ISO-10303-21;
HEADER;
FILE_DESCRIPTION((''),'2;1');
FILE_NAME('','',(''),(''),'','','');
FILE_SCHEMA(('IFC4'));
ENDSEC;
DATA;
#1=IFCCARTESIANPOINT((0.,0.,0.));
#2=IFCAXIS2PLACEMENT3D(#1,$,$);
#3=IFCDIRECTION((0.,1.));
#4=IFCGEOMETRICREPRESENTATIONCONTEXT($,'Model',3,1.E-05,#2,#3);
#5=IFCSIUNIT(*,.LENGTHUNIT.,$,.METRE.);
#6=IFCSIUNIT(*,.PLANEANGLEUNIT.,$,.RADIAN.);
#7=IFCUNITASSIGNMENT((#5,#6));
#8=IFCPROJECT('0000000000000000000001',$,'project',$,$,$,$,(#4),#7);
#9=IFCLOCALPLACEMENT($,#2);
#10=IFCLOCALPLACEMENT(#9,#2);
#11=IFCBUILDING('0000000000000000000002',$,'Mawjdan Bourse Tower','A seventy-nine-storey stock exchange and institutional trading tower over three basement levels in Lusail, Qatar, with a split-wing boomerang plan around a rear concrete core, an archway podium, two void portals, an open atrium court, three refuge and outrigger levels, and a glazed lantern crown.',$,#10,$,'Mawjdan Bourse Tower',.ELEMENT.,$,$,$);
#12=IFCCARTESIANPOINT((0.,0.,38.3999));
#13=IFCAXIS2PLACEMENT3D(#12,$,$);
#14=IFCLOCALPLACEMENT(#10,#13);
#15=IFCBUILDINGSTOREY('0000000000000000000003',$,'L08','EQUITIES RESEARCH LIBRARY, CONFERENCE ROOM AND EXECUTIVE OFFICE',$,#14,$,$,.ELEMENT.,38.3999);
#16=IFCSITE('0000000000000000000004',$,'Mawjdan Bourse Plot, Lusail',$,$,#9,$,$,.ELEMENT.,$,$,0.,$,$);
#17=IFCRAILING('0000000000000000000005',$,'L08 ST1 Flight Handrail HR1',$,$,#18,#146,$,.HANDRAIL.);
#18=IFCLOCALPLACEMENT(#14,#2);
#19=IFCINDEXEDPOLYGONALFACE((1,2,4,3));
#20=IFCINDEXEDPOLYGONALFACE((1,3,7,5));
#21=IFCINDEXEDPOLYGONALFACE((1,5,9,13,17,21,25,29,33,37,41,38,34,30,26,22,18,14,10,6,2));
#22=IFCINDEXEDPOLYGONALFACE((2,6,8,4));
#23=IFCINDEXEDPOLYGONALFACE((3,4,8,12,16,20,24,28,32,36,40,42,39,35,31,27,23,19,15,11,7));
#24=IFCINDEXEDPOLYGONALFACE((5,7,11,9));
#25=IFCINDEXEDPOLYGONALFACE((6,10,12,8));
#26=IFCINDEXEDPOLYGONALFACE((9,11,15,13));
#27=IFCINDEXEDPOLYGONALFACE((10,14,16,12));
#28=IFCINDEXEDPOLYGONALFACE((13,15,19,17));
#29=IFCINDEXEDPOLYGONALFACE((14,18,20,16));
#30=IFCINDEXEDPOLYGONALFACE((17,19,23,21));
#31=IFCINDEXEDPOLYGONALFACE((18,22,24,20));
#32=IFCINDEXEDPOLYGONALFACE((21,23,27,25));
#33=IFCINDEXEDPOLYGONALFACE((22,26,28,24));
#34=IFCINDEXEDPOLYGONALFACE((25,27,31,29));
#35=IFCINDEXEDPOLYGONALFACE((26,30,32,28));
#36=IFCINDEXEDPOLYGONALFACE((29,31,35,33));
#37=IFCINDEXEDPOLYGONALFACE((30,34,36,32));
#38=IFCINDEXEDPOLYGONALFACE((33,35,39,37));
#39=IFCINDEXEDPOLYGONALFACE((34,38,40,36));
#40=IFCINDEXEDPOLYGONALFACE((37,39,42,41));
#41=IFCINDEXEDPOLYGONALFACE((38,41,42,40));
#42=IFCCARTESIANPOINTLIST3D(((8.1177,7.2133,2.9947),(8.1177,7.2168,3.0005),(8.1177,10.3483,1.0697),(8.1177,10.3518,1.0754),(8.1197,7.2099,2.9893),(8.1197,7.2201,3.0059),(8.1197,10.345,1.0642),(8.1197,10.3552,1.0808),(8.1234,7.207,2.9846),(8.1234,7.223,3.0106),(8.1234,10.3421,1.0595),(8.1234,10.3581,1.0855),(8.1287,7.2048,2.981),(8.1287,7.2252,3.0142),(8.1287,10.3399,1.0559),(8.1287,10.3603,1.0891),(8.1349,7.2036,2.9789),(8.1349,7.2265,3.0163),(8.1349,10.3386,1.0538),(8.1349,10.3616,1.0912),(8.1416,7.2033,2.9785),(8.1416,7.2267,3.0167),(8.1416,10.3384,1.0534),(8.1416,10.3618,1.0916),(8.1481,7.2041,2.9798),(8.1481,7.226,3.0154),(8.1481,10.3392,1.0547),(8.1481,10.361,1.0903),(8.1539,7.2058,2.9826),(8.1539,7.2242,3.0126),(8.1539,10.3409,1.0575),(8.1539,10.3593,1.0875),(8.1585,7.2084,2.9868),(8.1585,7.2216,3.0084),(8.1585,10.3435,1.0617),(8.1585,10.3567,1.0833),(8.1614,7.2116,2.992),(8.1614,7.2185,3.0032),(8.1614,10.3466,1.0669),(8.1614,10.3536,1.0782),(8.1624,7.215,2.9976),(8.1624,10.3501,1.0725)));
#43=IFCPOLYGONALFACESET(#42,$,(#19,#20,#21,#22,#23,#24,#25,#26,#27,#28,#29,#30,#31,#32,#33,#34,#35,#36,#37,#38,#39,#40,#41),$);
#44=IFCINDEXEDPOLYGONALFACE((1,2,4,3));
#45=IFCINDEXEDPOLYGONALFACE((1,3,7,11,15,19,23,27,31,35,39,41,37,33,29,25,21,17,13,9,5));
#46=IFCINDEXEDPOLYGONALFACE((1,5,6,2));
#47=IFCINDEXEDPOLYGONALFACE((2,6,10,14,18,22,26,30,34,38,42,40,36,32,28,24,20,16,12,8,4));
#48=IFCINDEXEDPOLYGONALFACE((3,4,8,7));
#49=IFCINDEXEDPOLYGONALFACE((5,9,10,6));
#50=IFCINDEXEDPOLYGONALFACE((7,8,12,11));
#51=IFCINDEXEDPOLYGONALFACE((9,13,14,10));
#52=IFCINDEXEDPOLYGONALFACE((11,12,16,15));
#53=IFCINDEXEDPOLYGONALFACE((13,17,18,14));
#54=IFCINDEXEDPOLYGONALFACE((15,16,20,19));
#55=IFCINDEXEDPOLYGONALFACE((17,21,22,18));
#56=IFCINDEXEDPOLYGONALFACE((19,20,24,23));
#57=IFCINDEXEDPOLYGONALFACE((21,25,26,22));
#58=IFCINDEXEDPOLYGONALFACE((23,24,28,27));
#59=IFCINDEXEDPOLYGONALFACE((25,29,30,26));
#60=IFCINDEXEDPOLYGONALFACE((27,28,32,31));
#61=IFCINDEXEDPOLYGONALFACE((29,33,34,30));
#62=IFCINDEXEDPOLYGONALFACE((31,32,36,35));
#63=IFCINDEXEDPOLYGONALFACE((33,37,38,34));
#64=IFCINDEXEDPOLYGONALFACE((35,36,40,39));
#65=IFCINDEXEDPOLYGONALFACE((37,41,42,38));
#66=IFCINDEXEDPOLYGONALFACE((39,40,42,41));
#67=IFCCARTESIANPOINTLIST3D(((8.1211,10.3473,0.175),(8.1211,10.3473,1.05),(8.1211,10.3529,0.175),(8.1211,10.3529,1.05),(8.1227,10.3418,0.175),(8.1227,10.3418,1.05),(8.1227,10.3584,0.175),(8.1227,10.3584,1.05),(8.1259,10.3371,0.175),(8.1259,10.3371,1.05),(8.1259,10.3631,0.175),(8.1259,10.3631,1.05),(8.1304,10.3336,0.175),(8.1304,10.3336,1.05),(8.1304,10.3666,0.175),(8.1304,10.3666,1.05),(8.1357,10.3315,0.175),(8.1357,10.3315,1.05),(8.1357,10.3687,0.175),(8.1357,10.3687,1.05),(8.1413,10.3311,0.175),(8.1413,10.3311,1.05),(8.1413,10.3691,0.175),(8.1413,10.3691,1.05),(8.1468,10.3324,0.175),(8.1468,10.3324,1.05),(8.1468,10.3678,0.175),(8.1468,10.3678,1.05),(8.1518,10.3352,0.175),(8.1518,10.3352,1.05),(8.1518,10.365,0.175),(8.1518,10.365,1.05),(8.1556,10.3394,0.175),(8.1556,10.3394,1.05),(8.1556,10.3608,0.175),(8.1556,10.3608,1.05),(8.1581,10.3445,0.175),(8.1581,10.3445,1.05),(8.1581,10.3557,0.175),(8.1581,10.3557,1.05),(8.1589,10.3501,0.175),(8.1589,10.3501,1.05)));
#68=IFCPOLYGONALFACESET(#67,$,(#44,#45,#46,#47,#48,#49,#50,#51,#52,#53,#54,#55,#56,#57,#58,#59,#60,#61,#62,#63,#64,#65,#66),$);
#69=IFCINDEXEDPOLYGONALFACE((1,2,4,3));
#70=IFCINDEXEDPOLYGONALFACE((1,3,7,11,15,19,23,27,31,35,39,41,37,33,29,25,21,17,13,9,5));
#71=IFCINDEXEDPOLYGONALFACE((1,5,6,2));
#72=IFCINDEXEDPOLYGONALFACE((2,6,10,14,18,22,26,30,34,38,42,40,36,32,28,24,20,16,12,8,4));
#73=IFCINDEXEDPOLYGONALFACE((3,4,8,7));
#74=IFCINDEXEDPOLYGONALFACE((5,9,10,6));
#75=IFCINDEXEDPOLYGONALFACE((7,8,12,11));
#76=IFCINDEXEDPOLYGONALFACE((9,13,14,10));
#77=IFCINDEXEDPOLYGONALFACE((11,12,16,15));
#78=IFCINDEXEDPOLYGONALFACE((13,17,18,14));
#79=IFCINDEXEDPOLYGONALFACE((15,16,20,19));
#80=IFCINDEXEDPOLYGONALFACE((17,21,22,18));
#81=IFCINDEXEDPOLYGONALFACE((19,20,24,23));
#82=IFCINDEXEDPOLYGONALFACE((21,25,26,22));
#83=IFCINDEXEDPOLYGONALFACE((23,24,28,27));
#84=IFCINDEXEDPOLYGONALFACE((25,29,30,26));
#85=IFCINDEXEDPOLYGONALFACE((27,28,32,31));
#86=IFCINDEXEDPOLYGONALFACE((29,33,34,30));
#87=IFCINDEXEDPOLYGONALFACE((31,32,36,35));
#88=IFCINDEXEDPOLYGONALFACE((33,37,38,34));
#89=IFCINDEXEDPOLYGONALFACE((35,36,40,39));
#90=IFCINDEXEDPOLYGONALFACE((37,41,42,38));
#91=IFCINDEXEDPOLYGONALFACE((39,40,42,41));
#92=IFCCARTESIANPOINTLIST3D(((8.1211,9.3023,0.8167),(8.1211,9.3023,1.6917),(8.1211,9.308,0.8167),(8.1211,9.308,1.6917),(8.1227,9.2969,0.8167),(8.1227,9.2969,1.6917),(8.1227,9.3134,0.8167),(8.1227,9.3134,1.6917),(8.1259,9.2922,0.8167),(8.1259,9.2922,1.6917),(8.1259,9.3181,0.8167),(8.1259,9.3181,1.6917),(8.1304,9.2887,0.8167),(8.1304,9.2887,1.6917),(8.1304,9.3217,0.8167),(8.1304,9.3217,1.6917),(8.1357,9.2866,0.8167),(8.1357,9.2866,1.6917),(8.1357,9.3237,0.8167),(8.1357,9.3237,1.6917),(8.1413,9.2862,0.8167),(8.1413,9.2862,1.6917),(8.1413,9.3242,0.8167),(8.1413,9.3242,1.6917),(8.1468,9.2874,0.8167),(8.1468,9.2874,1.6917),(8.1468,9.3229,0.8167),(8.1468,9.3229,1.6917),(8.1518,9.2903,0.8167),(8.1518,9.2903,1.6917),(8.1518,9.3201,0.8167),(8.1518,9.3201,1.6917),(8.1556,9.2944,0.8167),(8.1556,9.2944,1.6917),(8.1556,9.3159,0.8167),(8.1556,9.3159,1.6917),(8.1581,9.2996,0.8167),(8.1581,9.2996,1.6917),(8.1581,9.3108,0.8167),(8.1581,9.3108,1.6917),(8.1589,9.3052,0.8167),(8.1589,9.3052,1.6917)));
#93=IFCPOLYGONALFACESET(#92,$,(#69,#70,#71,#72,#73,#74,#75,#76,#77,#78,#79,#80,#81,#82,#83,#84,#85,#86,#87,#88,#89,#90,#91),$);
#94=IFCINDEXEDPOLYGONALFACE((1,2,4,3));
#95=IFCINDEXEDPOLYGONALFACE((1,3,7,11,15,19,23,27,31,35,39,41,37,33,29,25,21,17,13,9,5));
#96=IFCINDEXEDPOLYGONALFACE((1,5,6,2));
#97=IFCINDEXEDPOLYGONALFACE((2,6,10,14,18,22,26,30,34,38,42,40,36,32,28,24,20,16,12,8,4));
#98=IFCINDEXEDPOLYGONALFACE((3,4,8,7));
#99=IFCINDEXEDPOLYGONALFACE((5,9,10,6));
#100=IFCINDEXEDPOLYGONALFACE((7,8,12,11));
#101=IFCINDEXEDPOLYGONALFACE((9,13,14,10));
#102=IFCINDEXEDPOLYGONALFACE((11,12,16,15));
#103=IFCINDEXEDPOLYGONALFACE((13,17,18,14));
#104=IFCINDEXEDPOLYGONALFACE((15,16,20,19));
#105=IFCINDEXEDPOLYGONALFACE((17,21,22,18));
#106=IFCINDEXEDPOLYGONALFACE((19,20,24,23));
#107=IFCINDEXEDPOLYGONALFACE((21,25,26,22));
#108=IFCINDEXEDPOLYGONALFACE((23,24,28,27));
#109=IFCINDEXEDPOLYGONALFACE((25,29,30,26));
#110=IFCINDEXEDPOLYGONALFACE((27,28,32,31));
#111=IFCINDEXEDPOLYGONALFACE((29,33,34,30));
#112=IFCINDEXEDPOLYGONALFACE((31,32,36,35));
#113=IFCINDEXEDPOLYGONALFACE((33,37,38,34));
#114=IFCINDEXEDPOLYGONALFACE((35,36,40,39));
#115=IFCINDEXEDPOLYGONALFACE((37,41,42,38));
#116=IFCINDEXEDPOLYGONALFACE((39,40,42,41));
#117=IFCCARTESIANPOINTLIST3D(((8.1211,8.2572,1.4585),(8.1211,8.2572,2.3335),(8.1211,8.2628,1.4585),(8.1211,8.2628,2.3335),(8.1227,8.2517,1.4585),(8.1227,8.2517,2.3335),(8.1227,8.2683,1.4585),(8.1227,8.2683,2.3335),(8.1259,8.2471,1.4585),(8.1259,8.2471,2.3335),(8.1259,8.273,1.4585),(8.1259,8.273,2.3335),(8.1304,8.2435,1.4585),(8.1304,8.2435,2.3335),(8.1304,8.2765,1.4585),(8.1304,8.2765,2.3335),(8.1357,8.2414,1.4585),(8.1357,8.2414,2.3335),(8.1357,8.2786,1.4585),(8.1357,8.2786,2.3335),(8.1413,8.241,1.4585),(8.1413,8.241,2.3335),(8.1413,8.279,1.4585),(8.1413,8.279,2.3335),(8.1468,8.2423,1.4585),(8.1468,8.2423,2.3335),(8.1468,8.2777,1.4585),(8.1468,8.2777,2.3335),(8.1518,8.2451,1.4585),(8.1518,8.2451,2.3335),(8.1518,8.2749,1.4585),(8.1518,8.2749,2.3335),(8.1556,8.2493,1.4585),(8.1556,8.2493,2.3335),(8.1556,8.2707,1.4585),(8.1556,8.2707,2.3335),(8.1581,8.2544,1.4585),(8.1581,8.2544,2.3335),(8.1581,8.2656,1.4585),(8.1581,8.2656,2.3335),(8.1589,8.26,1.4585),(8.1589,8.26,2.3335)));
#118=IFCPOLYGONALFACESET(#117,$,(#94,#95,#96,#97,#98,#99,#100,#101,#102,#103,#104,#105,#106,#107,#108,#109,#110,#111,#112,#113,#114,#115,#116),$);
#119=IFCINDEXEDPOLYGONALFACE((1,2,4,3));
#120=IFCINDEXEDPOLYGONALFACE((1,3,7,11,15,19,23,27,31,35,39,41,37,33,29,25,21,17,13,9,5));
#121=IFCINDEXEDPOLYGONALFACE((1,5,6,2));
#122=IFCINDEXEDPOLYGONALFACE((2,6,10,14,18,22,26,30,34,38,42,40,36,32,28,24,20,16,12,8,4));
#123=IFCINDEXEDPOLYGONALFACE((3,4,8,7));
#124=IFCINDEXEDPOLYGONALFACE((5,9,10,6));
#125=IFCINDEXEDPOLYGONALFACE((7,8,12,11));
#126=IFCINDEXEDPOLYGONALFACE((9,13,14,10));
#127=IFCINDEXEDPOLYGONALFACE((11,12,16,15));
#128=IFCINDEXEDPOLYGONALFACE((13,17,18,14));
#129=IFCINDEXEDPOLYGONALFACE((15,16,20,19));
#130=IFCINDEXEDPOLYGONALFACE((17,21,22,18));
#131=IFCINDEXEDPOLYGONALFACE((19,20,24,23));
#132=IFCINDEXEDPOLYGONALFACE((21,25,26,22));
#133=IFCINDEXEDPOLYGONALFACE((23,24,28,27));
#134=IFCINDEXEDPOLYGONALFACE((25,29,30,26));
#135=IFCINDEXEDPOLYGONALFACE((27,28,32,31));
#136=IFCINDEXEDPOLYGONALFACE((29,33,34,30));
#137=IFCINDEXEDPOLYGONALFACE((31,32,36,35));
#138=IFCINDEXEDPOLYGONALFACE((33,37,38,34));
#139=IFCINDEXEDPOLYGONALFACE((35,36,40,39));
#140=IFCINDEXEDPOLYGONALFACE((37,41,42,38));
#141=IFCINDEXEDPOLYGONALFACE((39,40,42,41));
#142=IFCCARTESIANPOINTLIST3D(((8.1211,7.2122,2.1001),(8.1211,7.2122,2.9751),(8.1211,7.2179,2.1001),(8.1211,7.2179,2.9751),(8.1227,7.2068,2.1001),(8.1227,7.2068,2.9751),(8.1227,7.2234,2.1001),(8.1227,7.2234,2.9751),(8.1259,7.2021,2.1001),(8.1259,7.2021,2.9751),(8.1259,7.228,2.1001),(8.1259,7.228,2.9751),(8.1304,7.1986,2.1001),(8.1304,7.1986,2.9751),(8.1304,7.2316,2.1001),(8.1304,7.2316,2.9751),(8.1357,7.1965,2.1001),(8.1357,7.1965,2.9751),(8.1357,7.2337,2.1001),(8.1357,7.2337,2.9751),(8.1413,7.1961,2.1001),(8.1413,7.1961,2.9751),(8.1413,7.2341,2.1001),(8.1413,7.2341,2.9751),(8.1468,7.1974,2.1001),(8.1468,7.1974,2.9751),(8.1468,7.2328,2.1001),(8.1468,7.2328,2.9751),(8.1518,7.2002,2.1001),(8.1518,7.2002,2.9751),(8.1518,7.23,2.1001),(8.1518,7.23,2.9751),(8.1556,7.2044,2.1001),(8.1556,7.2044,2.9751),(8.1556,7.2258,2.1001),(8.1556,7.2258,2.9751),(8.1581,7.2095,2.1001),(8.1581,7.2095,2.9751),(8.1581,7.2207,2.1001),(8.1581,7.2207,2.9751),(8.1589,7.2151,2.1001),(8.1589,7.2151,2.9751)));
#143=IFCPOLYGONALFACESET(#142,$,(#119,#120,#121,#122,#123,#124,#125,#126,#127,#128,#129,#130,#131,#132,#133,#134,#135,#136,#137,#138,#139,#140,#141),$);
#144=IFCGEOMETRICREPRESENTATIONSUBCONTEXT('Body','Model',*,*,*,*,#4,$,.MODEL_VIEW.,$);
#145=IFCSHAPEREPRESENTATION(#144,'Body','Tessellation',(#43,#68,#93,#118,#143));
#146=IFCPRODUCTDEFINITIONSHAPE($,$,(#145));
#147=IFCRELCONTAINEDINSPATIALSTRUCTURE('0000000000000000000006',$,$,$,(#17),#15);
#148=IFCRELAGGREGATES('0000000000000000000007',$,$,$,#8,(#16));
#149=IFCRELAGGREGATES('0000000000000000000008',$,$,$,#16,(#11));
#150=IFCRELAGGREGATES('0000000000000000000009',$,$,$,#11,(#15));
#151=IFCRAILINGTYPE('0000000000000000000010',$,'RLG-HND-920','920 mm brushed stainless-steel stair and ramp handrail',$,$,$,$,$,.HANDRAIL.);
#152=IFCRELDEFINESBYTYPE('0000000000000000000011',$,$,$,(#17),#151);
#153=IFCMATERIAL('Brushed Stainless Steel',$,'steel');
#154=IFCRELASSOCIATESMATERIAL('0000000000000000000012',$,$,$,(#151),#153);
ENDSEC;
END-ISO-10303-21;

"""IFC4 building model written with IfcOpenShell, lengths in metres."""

from ifc_helpers import new_model, si_unit, direction, frame, origin, origin_2d, place, context, subcontext, project, spatial, circle, extrude, material, type_object, element, save


model = new_model("IFC4")

# Units and contexts
model_context = context("Model", 3, precision=1e-05, world=origin(), true_north=direction((0.0, 1.0)))
body_context = subcontext(model_context, "Body", "Model", "MODEL_VIEW")
ifc_project = project(units=[si_unit("LENGTHUNIT", "METRE"), si_unit("PLANEANGLEUNIT", "RADIAN")], contexts=[model_context])

# Site, building, storey
site_placement = place(None, origin())
site = spatial("IfcSite", under=ifc_project, at=site_placement, Name="Mawjdan Bourse Plot, Lusail", CompositionType="ELEMENT", RefElevation=0.0)
building_placement = place(site_placement, origin())
building = spatial("IfcBuilding", under=site, at=building_placement, Name="Mawjdan Bourse Tower", Description="A seventy-nine-storey stock exchange and institutional trading tower over three basement levels in Lusail, Qatar, with a split-wing boomerang plan around a rear concrete core, an archway podium, two void portals, an open atrium court, three refuge and outrigger levels, and a glazed lantern crown.", LongName="Mawjdan Bourse Tower", CompositionType="ELEMENT")
storey_placement = place(building_placement, frame((0.0, 0.0, 38.3999)))
storey = spatial("IfcBuildingStorey", under=building, at=storey_placement, Name="L08", Description="EQUITIES RESEARCH LIBRARY, CONFERENCE ROOM AND EXECUTIVE OFFICE", CompositionType="ELEMENT", Elevation=38.3999)

# Shared definitions
ifc_material_1 = material(Name="Brushed Stainless Steel", Category="steel")

# Railing
railing_type = type_object("IfcRailingType", Name="RLG-HND-920", Description="920 mm brushed stainless-steel stair and ramp handrail", PredefinedType="HANDRAIL", material=ifc_material_1)
railing_1_placement = place(storey_placement, frame((8.1399, 10.3501, 0.175)))
element("IfcRailing", 1, at=railing_1_placement, inside=storey, type_object=railing_type, Name="L08 ST1 Flight Handrail HR1", PredefinedType="HANDRAIL", context=body_context, shape_type="SweptSolid", body=[
    extrude(circle(Radius=0.0225, at=origin_2d()), frame((0.0, 0.0, 0.8975), z_axis=(0.0, -0.852166, 0.523271), x_axis=(1.0, 0.0, 0.0)), (0.0, 0.0, 1.0), 3.679),
    extrude(circle(Radius=0.019, at=origin_2d()), origin(), (0.0, 0.0, 1.0), 0.875),
    extrude(circle(Radius=0.019, at=origin_2d()), frame((0.0, -1.0449, 0.6416)), (0.0, 0.0, 1.0), 0.875),
    extrude(circle(Radius=0.019, at=origin_2d()), frame((0.0, -2.0901, 1.2834)), (0.0, 0.0, 1.0), 0.875),
    extrude(circle(Radius=0.019, at=origin_2d()), frame((0.0, -3.135, 1.925)), (0.0, 0.0, 1.0), 0.875),
])

save(model, "model.ifc")
